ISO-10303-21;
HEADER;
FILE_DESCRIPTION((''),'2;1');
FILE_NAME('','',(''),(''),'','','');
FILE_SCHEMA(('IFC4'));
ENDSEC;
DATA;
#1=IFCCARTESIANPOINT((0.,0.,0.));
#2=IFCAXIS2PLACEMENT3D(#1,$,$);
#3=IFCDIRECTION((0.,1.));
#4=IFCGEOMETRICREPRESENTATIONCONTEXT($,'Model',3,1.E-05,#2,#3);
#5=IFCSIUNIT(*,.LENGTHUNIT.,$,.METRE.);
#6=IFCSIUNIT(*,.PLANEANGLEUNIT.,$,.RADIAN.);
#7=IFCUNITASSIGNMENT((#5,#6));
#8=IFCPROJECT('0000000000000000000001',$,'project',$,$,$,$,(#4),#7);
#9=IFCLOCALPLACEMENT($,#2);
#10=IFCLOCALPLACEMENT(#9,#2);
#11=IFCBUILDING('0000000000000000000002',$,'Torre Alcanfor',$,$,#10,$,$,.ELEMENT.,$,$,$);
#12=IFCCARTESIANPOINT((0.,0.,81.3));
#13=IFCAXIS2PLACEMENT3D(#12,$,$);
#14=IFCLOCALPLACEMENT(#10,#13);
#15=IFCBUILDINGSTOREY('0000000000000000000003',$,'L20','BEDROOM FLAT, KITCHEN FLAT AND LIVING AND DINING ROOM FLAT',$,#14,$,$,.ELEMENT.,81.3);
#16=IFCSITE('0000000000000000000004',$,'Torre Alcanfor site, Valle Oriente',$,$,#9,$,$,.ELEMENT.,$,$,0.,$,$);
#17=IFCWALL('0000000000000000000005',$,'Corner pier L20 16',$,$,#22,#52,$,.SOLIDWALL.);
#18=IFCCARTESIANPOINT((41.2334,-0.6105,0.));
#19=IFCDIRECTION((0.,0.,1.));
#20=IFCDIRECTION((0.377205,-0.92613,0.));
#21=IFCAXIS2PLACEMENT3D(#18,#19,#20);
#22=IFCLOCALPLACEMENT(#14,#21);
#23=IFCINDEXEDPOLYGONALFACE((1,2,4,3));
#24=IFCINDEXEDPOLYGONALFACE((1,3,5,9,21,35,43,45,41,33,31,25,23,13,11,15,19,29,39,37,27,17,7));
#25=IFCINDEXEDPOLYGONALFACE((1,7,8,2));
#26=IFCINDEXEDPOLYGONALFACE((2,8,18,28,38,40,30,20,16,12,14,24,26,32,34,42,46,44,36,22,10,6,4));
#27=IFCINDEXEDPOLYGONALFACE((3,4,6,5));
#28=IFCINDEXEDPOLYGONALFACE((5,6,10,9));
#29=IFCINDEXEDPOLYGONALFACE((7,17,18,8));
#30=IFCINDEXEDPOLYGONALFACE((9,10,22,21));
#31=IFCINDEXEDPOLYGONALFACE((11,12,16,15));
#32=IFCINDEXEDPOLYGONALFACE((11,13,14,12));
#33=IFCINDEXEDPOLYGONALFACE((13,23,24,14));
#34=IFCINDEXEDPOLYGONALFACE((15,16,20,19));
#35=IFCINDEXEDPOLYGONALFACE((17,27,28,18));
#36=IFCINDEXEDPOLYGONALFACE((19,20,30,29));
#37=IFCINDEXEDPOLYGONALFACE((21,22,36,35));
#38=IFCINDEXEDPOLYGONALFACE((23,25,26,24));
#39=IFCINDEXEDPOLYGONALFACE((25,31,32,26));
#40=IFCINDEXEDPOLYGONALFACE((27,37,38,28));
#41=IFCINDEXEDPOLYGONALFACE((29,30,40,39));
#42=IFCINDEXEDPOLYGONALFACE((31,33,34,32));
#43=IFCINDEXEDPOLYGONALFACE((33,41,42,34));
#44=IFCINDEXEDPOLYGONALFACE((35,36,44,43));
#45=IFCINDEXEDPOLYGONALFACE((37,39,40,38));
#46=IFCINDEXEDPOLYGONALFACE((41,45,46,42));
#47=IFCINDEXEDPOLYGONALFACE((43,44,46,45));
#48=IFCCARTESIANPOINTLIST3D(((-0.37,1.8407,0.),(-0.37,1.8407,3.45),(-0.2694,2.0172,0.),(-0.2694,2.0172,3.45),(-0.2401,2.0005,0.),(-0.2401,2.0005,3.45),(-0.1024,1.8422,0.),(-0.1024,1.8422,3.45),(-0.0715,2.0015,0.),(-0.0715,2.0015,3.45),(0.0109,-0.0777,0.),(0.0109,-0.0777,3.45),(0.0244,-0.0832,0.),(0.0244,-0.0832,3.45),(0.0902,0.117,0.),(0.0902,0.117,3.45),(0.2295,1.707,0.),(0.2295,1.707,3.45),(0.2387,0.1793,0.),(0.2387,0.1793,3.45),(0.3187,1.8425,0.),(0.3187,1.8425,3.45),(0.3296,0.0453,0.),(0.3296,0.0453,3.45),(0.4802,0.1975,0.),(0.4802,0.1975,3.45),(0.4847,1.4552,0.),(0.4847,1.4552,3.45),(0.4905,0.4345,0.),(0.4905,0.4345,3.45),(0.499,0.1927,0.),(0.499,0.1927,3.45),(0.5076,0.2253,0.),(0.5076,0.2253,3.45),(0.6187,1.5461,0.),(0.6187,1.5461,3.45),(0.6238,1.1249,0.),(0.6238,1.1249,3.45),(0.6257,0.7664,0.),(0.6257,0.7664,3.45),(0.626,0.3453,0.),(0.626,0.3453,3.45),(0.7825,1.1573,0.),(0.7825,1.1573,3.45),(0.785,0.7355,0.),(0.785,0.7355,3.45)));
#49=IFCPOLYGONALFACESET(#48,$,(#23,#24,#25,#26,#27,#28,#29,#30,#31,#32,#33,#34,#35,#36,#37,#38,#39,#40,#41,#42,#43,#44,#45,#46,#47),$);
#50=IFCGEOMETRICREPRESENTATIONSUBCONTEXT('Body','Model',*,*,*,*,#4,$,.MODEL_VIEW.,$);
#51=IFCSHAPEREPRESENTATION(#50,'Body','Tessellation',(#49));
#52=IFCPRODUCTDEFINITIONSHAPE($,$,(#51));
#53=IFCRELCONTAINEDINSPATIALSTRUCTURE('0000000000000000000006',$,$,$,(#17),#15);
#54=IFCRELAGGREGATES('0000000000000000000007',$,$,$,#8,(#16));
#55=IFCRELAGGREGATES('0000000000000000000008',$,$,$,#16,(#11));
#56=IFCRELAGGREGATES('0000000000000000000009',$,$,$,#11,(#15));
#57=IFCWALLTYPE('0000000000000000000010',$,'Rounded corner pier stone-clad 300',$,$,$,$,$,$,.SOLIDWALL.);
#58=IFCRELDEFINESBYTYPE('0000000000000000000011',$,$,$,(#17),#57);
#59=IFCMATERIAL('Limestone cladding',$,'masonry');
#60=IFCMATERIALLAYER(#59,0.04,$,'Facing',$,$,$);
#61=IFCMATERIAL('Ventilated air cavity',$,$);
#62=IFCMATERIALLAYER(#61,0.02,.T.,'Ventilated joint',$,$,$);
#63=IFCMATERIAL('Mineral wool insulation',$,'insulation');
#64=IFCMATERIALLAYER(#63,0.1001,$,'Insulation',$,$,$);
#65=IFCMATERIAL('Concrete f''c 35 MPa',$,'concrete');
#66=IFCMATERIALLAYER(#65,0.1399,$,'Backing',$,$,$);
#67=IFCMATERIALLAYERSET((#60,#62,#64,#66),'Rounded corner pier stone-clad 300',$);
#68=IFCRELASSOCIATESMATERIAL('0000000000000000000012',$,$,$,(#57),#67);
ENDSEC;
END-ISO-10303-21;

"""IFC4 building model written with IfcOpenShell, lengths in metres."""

from ifc_helpers import new_model, si_unit, direction, frame, origin, place, context, subcontext, project, spatial, polyline, outline, extrude, material, layer, layer_set, type_object, element, save


model = new_model("IFC4")

# Units and contexts
model_context = context("Model", 3, precision=1e-05, world=origin(), true_north=direction((0.0, 1.0)))
body_context = subcontext(model_context, "Body", "Model", "MODEL_VIEW")
ifc_project = project(units=[si_unit("LENGTHUNIT", "METRE"), si_unit("PLANEANGLEUNIT", "RADIAN")], contexts=[model_context])

# Site, building, storey
site_placement = place(None, origin())
site = spatial("IfcSite", under=ifc_project, at=site_placement, Name="Torre Alcanfor site, Valle Oriente", CompositionType="ELEMENT", RefElevation=0.0)
building_placement = place(site_placement, origin())
building = spatial("IfcBuilding", under=site, at=building_placement, Name="Torre Alcanfor", CompositionType="ELEMENT")
storey_placement = place(building_placement, frame((0.0, 0.0, 81.3)))
storey = spatial("IfcBuildingStorey", under=building, at=storey_placement, Name="L20", Description="BEDROOM FLAT, KITCHEN FLAT AND LIVING AND DINING ROOM FLAT", CompositionType="ELEMENT", Elevation=81.3)

# Wall
ifc_material_1 = material(Name="Limestone cladding", Category="masonry")
ifc_layer_1 = layer(ifc_material_1, 0.04, Name="Facing")
ifc_material_2 = material(Name="Ventilated air cavity")
ifc_layer_2 = layer(ifc_material_2, 0.02, ventilated=True, Name="Ventilated joint")
ifc_material_3 = material(Name="Mineral wool insulation", Category="insulation")
ifc_layer_3 = layer(ifc_material_3, 0.1001, Name="Insulation")
ifc_material_4 = material(Name="Concrete f'c 35 MPa", Category="concrete")
ifc_layer_4 = layer(ifc_material_4, 0.1399, Name="Backing")
ifc_layer_set_1 = layer_set([ifc_layer_1, ifc_layer_2, ifc_layer_3, ifc_layer_4], Name="Rounded corner pier stone-clad 300")
wall_type_1 = type_object("IfcWallType", Name="Rounded corner pier stone-clad 300", PredefinedType="SOLIDWALL", material=ifc_layer_set_1)
wall_1_placement = place(storey_placement, frame((41.2334, -0.6105, 0.0), z_axis=(0.0, 0.0, 1.0), x_axis=(0.377205, -0.92613, 0.0)))
element("IfcWall", 1, at=wall_1_placement, inside=storey, type_object=wall_type_1, Name="Corner pier L20 16", PredefinedType="SOLIDWALL", context=body_context, shape_type="SweptSolid", body=[
    extrude(outline(polyline([(0.3187, 1.8425), (-0.0715, 2.0015), (-0.2401, 2.0005), (-0.2694, 2.0172), (-0.37, 1.8407), (-0.1024, 1.8422), (0.2295, 1.707), (0.4847, 1.4552), (0.6238, 1.1249), (0.6257, 0.7664), (0.4905, 0.4345), (0.2387, 0.1793), (0.0902, 0.117), (0.0109, -0.0777), (0.0244, -0.0832), (0.3296, 0.0453), (0.4802, 0.1975), (0.499, 0.1927), (0.5076, 0.2253), (0.626, 0.3453), (0.785, 0.7355), (0.7825, 1.1573), (0.6187, 1.5461), (0.3187, 1.8425)])), origin(), (0.0, 0.0, 1.0), 3.45),
])

save(model, "model.ifc")
